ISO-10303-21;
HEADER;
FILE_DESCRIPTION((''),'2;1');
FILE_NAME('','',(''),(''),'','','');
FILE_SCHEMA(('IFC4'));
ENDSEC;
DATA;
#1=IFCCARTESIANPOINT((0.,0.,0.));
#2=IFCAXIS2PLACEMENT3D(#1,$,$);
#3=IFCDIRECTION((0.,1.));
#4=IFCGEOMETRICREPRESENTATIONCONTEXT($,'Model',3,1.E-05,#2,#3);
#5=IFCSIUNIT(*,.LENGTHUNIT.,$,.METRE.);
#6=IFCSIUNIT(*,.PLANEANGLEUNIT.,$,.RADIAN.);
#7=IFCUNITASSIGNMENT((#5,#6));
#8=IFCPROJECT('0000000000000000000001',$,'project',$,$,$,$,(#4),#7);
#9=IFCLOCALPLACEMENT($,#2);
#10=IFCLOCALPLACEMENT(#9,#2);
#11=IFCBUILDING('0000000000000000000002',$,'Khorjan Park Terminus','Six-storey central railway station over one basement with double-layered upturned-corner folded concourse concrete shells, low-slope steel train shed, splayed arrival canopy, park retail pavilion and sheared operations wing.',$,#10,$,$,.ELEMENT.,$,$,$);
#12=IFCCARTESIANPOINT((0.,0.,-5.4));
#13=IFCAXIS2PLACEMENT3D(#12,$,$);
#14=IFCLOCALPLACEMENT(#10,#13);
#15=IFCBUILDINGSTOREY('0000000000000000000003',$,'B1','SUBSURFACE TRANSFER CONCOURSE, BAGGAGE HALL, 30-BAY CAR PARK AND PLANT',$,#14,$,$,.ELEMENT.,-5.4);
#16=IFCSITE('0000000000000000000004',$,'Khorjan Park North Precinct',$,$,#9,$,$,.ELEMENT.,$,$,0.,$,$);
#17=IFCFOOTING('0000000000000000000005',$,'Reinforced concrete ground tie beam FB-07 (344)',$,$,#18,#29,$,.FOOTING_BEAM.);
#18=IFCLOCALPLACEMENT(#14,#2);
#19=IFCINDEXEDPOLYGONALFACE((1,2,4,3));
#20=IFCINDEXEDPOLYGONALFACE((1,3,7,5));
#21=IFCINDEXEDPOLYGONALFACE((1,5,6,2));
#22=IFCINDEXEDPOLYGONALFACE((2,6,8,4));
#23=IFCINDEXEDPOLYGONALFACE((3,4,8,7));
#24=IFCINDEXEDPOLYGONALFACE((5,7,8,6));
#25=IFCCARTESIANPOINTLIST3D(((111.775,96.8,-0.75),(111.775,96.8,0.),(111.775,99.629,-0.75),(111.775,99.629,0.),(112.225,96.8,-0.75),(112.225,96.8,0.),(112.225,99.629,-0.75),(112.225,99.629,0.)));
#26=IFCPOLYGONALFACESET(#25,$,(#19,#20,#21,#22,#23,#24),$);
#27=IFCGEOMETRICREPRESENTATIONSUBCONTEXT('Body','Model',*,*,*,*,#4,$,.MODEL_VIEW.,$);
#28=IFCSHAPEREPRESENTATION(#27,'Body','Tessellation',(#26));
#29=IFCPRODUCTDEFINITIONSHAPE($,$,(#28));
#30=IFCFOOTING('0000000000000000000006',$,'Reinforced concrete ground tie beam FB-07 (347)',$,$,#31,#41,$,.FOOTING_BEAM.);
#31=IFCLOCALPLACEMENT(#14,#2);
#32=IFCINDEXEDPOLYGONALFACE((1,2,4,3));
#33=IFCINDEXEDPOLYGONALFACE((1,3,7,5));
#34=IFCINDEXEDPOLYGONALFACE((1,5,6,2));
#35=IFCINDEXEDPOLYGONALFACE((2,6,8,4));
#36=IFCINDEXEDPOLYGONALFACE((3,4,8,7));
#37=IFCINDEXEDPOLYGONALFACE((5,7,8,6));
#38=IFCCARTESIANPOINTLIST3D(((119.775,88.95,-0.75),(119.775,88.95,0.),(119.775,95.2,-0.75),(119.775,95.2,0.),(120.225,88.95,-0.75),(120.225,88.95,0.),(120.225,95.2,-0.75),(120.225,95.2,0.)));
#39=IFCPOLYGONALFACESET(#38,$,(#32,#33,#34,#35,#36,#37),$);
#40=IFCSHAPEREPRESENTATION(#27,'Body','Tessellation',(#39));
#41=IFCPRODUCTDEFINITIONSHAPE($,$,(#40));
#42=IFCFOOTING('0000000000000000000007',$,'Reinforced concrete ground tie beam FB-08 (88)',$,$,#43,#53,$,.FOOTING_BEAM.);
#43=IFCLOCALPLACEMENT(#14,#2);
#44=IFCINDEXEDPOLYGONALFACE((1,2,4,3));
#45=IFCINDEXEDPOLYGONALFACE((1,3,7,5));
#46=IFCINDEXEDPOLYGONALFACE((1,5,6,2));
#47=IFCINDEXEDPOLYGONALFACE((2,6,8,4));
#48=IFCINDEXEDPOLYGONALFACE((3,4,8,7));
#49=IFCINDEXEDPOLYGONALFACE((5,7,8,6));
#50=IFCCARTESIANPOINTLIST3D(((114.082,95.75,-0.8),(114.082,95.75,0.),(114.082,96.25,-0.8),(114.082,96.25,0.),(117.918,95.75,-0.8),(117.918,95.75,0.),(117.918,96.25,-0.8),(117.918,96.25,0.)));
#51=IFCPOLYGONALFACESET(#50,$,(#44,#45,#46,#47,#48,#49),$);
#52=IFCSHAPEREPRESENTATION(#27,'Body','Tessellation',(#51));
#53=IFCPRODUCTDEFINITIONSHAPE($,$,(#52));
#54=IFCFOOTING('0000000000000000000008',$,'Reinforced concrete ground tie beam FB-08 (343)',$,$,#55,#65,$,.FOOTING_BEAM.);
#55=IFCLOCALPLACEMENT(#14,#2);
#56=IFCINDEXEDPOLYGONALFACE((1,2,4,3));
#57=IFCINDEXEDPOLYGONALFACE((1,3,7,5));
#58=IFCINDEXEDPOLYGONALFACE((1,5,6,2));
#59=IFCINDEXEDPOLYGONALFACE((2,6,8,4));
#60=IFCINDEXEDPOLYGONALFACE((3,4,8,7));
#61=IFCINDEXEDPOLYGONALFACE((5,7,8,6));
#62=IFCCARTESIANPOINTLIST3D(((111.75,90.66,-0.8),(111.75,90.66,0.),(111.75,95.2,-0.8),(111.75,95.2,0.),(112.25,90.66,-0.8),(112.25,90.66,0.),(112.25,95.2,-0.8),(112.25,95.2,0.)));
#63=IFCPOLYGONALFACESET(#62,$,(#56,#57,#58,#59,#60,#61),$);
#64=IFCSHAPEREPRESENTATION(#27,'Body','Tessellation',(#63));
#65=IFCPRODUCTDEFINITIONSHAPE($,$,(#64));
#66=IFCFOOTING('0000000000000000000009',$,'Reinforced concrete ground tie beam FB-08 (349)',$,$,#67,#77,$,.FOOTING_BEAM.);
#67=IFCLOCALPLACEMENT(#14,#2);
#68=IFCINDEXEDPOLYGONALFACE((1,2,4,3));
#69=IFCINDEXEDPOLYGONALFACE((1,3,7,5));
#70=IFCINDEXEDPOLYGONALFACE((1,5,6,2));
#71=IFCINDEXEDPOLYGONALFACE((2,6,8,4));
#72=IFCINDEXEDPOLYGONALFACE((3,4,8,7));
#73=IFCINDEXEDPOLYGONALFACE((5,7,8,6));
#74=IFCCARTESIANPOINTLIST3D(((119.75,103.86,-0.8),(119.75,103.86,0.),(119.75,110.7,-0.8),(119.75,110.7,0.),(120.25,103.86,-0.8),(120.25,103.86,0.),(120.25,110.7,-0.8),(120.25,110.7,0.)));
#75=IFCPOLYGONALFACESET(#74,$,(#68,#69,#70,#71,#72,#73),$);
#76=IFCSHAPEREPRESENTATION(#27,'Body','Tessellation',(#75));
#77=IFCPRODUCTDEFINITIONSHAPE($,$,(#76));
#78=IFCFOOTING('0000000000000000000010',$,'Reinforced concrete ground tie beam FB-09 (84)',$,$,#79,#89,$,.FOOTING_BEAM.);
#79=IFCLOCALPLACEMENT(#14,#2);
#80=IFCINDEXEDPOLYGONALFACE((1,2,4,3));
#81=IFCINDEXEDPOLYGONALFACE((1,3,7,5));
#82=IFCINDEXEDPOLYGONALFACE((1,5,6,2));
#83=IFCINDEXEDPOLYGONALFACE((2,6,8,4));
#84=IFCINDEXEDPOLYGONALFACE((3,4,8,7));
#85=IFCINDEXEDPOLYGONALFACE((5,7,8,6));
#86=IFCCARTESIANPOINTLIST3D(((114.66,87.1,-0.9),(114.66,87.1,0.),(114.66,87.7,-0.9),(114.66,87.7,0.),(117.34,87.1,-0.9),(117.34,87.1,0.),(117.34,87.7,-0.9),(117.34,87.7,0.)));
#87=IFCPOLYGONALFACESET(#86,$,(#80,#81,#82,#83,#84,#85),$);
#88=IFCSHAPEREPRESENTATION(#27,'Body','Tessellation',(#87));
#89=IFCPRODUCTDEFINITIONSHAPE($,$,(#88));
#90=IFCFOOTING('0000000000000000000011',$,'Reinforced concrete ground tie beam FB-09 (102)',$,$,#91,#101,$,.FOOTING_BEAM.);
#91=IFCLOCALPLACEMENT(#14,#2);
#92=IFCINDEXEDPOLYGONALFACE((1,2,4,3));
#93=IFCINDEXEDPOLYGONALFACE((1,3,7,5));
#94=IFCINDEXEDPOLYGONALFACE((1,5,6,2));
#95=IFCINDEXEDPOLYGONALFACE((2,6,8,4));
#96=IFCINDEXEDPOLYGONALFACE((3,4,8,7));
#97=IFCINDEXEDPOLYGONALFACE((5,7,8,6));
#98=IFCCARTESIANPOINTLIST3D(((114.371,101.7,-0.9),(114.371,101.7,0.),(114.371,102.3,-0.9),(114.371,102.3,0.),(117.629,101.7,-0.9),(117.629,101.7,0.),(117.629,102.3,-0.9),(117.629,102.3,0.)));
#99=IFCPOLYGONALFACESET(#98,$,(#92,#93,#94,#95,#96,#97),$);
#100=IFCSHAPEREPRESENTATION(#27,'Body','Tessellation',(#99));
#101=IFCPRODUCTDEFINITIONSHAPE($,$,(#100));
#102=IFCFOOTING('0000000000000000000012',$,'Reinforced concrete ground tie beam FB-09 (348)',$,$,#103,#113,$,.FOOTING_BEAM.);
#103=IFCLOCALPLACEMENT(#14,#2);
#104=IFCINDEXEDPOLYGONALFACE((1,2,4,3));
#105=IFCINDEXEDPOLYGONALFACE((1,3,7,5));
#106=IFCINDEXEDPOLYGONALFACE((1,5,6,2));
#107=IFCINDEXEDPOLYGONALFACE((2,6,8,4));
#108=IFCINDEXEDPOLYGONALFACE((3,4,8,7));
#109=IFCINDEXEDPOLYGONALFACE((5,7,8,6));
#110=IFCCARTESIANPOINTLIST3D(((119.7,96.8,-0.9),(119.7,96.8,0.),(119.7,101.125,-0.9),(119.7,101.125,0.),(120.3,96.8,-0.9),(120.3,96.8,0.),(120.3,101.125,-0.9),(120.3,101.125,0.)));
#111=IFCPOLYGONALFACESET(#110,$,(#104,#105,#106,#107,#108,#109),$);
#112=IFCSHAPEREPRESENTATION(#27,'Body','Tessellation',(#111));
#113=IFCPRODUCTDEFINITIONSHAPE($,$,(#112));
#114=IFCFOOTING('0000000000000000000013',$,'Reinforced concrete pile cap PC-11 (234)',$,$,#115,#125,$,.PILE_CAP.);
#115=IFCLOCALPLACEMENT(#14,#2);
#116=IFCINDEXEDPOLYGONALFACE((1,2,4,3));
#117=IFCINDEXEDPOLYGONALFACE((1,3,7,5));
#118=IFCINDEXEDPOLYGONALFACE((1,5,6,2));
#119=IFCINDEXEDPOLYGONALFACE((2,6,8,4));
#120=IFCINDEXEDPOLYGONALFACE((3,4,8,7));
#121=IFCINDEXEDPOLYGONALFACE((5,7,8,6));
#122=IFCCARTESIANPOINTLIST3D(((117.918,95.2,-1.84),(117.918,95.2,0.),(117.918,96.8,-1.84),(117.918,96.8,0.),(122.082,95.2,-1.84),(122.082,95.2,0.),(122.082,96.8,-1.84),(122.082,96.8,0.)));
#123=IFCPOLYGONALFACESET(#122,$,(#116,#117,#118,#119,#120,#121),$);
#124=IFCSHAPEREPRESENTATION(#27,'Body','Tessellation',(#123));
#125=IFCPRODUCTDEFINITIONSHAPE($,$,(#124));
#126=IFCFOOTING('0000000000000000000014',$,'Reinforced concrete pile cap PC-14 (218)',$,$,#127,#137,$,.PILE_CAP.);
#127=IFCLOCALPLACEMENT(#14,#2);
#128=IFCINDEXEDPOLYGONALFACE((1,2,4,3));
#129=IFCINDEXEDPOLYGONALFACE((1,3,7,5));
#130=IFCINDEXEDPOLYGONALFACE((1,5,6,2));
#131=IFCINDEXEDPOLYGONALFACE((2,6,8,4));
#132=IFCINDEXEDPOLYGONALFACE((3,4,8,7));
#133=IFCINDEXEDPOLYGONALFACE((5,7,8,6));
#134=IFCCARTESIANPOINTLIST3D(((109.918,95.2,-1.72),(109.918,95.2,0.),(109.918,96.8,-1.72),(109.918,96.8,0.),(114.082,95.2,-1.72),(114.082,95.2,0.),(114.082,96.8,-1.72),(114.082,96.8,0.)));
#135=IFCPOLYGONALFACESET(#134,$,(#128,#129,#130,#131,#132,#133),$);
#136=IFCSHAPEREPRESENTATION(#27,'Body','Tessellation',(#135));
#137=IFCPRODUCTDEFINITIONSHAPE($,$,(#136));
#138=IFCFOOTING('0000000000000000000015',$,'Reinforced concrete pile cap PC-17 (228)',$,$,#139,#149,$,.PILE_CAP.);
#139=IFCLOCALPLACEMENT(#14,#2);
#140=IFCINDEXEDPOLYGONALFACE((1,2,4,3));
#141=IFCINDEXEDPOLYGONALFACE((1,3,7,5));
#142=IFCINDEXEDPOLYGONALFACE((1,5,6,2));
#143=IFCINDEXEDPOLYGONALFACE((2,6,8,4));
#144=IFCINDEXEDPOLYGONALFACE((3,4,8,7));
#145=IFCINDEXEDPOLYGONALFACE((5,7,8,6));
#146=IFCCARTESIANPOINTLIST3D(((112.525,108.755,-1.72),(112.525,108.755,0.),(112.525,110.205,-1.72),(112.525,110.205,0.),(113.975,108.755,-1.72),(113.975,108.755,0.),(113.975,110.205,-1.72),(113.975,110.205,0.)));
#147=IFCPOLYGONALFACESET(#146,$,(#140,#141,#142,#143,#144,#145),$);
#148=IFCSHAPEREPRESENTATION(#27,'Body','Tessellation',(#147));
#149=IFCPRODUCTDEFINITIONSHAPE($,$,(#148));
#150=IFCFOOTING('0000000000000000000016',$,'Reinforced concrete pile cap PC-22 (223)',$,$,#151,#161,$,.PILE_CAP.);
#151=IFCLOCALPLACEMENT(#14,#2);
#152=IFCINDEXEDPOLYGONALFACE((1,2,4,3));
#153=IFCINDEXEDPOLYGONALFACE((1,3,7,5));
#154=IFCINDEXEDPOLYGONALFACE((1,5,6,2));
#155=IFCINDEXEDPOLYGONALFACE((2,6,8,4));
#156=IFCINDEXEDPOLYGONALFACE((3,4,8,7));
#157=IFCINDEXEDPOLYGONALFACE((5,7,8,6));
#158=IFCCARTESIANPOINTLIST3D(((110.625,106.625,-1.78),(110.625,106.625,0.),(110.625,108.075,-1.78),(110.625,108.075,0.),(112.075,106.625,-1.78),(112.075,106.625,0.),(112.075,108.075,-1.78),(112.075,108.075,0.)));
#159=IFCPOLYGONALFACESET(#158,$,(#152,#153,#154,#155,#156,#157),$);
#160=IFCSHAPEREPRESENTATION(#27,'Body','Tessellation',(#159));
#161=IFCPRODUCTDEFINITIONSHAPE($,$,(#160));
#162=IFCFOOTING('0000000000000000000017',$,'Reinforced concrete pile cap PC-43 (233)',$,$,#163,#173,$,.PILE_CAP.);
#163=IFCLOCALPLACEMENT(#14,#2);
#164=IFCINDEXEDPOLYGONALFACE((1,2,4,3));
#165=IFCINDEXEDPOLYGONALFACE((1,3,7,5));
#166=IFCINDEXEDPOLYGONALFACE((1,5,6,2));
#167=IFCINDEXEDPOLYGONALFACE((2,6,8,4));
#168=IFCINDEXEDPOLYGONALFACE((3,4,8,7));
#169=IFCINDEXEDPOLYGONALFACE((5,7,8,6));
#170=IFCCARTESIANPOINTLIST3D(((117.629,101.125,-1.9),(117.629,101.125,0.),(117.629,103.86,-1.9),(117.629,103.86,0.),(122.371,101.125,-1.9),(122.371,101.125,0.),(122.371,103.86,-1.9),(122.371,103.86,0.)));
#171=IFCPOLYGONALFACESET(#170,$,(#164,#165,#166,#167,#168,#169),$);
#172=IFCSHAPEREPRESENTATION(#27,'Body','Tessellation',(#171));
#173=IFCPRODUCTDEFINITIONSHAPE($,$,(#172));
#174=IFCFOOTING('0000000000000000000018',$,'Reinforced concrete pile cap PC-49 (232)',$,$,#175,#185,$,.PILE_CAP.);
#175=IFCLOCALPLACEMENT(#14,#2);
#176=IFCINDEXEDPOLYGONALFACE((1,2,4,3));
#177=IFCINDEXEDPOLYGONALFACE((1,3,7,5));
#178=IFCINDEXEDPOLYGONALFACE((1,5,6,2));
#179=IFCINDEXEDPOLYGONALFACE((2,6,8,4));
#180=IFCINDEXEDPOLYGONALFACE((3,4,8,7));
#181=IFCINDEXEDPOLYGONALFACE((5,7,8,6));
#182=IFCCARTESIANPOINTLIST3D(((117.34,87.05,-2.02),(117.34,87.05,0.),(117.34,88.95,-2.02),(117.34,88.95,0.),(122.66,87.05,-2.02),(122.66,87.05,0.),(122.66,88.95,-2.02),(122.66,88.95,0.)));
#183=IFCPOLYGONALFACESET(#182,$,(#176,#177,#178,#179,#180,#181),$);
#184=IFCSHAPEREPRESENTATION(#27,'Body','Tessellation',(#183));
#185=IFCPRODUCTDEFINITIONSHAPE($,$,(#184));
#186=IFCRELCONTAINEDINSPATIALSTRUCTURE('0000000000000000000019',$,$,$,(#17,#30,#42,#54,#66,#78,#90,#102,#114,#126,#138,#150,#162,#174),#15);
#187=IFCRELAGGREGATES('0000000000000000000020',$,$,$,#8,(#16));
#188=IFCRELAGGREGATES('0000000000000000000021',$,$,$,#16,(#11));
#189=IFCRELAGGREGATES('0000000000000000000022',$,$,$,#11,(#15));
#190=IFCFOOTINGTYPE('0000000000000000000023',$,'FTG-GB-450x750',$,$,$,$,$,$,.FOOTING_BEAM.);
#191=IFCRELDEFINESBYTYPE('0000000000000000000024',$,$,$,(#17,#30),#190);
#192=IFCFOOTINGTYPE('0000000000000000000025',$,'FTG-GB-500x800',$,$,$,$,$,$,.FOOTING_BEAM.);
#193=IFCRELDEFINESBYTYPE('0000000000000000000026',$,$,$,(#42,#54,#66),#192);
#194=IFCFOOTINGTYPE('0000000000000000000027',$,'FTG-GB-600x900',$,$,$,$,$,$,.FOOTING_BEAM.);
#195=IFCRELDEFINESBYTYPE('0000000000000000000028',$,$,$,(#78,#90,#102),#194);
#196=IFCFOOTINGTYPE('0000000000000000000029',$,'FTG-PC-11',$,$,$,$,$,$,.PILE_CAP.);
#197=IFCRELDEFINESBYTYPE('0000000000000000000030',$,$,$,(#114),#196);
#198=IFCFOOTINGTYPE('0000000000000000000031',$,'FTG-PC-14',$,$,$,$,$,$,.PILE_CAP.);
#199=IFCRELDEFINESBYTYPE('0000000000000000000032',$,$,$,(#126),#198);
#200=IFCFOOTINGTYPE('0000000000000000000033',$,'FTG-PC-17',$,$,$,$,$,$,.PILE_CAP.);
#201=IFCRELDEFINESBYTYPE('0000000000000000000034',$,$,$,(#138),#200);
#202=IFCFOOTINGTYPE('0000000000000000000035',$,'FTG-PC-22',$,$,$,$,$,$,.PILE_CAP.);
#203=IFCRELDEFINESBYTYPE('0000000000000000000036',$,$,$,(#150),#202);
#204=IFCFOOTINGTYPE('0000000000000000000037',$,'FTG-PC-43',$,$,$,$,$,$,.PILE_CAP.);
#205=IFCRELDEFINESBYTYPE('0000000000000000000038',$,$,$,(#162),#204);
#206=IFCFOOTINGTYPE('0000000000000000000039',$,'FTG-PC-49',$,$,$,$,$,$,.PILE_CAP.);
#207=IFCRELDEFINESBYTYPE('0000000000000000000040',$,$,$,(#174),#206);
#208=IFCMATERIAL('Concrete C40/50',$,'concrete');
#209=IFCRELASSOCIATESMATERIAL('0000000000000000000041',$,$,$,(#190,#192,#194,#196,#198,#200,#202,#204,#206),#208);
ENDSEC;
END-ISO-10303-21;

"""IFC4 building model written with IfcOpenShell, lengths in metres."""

from ifc_helpers import new_model, si_unit, direction, frame, origin, origin_2d, place, context, subcontext, project, spatial, rectangle, extrude, material, material_profile, profile_set, type_object, element, save


model = new_model("IFC4")

# Units and contexts
model_context = context("Model", 3, precision=1e-05, world=origin(), true_north=direction((0.0, 1.0)))
body_context = subcontext(model_context, "Body", "Model", "MODEL_VIEW")
ifc_project = project(units=[si_unit("LENGTHUNIT", "METRE"), si_unit("PLANEANGLEUNIT", "RADIAN")], contexts=[model_context])

# Site, building, storey
site_placement = place(None, origin())
site = spatial("IfcSite", under=ifc_project, at=site_placement, Name="Khorjan Park North Precinct", CompositionType="ELEMENT", RefElevation=0.0)
building_placement = place(site_placement, origin())
building = spatial("IfcBuilding", under=site, at=building_placement, Name="Khorjan Park Terminus", Description="Six-storey central railway station over one basement with double-layered upturned-corner folded concourse concrete shells, low-slope steel train shed, splayed arrival canopy, park retail pavilion and sheared operations wing.", CompositionType="ELEMENT")
storey_placement = place(building_placement, frame((0.0, 0.0, -5.4)))
storey = spatial("IfcBuildingStorey", under=building, at=storey_placement, Name="B1", Description="SUBSURFACE TRANSFER CONCOURSE, BAGGAGE HALL, 30-BAY CAR PARK AND PLANT", CompositionType="ELEMENT", Elevation=-5.4)

# Footings
ifc_material_1 = material(Name="Concrete C40/50", Category="concrete")
ifc_material_profile_1 = material_profile(ifc_material_1, rectangle(XDim=0.45, YDim=0.75, at=origin_2d()), Name="RC 450x750")
ifc_profile_set_1 = profile_set([ifc_material_profile_1], Name="Concrete C40/50")
footing_type_1 = type_object("IfcFootingType", Name="FTG-GB-450x750", PredefinedType="FOOTING_BEAM", material=ifc_profile_set_1)
footing_1_placement = place(storey_placement, frame((112.0, 96.8, -0.375), z_axis=(0.0, 1.0, 0.0), x_axis=(-1.0, 0.0, 0.0)))
element("IfcFooting", 1, at=footing_1_placement, inside=storey, type_object=footing_type_1, Name="Reinforced concrete ground tie beam FB-07 (344)", PredefinedType="FOOTING_BEAM", context=body_context, shape_type="SweptSolid", body=[
    extrude(rectangle(XDim=0.45, YDim=0.75, at=origin_2d()), origin(), (0.0, 0.0, 1.0), 2.829),
])
footing_2_placement = place(storey_placement, frame((120.0, 88.95, -0.375), z_axis=(0.0, 1.0, 0.0), x_axis=(-1.0, 0.0, 0.0)))
element("IfcFooting", 2, at=footing_2_placement, inside=storey, type_object=footing_type_1, Name="Reinforced concrete ground tie beam FB-07 (347)", PredefinedType="FOOTING_BEAM", context=body_context, shape_type="SweptSolid", body=[
    extrude(rectangle(XDim=0.45, YDim=0.75, at=origin_2d()), origin(), (0.0, 0.0, 1.0), 6.25),
])
ifc_material_profile_2 = material_profile(ifc_material_1, rectangle(XDim=0.5, YDim=0.8, at=origin_2d()), Name="RC 500x800")
ifc_profile_set_2 = profile_set([ifc_material_profile_2], Name="Concrete C40/50")
footing_type_2 = type_object("IfcFootingType", Name="FTG-GB-500x800", PredefinedType="FOOTING_BEAM", material=ifc_profile_set_2)
footing_3_placement = place(storey_placement, frame((114.082, 96.0, -0.4), z_axis=(1.0, 0.0, 0.0), x_axis=(0.0, 1.0, 0.0)))
element("IfcFooting", 3, at=footing_3_placement, inside=storey, type_object=footing_type_2, Name="Reinforced concrete ground tie beam FB-08 (88)", PredefinedType="FOOTING_BEAM", context=body_context, shape_type="SweptSolid", body=[
    extrude(rectangle(XDim=0.5, YDim=0.8, at=origin_2d()), origin(), (0.0, 0.0, 1.0), 3.836),
])
footing_4_placement = place(storey_placement, frame((112.0, 90.66, -0.4), z_axis=(0.0, 1.0, 0.0), x_axis=(-1.0, 0.0, 0.0)))
element("IfcFooting", 4, at=footing_4_placement, inside=storey, type_object=footing_type_2, Name="Reinforced concrete ground tie beam FB-08 (343)", PredefinedType="FOOTING_BEAM", context=body_context, shape_type="SweptSolid", body=[
    extrude(rectangle(XDim=0.5, YDim=0.8, at=origin_2d()), origin(), (0.0, 0.0, 1.0), 4.54),
])
footing_5_placement = place(storey_placement, frame((120.0, 103.86, -0.4), z_axis=(0.0, 1.0, 0.0), x_axis=(-1.0, 0.0, 0.0)))
element("IfcFooting", 5, at=footing_5_placement, inside=storey, type_object=footing_type_2, Name="Reinforced concrete ground tie beam FB-08 (349)", PredefinedType="FOOTING_BEAM", context=body_context, shape_type="SweptSolid", body=[
    extrude(rectangle(XDim=0.5, YDim=0.8, at=origin_2d()), origin(), (0.0, 0.0, 1.0), 6.84),
])
ifc_material_profile_3 = material_profile(ifc_material_1, rectangle(XDim=0.6, YDim=0.9, at=origin_2d()), Name="RC 600x900")
ifc_profile_set_3 = profile_set([ifc_material_profile_3], Name="Concrete C40/50")
footing_type_3 = type_object("IfcFootingType", Name="FTG-GB-600x900", PredefinedType="FOOTING_BEAM", material=ifc_profile_set_3)
footing_6_placement = place(storey_placement, frame((114.66, 87.4, -0.45), z_axis=(1.0, 0.0, 0.0), x_axis=(0.0, 1.0, 0.0)))
element("IfcFooting", 6, at=footing_6_placement, inside=storey, type_object=footing_type_3, Name="Reinforced concrete ground tie beam FB-09 (84)", PredefinedType="FOOTING_BEAM", context=body_context, shape_type="SweptSolid", body=[
    extrude(rectangle(XDim=0.6, YDim=0.9, at=origin_2d()), origin(), (0.0, 0.0, 1.0), 2.68),
])
footing_7_placement = place(storey_placement, frame((114.371, 102.0, -0.45), z_axis=(1.0, 0.0, 0.0), x_axis=(0.0, 1.0, 0.0)))
element("IfcFooting", 7, at=footing_7_placement, inside=storey, type_object=footing_type_3, Name="Reinforced concrete ground tie beam FB-09 (102)", PredefinedType="FOOTING_BEAM", context=body_context, shape_type="SweptSolid", body=[
    extrude(rectangle(XDim=0.6, YDim=0.9, at=origin_2d()), origin(), (0.0, 0.0, 1.0), 3.258),
])
footing_8_placement = place(storey_placement, frame((120.0, 96.8, -0.45), z_axis=(0.0, 1.0, 0.0), x_axis=(-1.0, 0.0, 0.0)))
element("IfcFooting", 8, at=footing_8_placement, inside=storey, type_object=footing_type_3, Name="Reinforced concrete ground tie beam FB-09 (348)", PredefinedType="FOOTING_BEAM", context=body_context, shape_type="SweptSolid", body=[
    extrude(rectangle(XDim=0.6, YDim=0.9, at=origin_2d()), origin(), (0.0, 0.0, 1.0), 4.325),
])
footing_type_4 = type_object("IfcFootingType", Name="FTG-PC-11", PredefinedType="PILE_CAP", material=ifc_material_1)
footing_9_placement = place(storey_placement, frame((120.0, 96.0, -1.84), z_axis=(0.0, 0.0, 1.0), x_axis=(1.0, 0.0, 0.0)))
element("IfcFooting", 9, at=footing_9_placement, inside=storey, type_object=footing_type_4, Name="Reinforced concrete pile cap PC-11 (234)", PredefinedType="PILE_CAP", context=body_context, shape_type="SweptSolid", body=[
    extrude(rectangle(XDim=4.164, YDim=1.6, at=origin_2d()), origin(), (0.0, 0.0, 1.0), 1.84),
])
footing_type_5 = type_object("IfcFootingType", Name="FTG-PC-14", PredefinedType="PILE_CAP", material=ifc_material_1)
footing_10_placement = place(storey_placement, frame((112.0, 96.0, -1.72), z_axis=(0.0, 0.0, 1.0), x_axis=(1.0, 0.0, 0.0)))
element("IfcFooting", 10, at=footing_10_placement, inside=storey, type_object=footing_type_5, Name="Reinforced concrete pile cap PC-14 (218)", PredefinedType="PILE_CAP", context=body_context, shape_type="SweptSolid", body=[
    extrude(rectangle(XDim=4.164, YDim=1.6, at=origin_2d()), origin(), (0.0, 0.0, 1.0), 1.72),
])
footing_type_6 = type_object("IfcFootingType", Name="FTG-PC-17", PredefinedType="PILE_CAP", material=ifc_material_1)
footing_11_placement = place(storey_placement, frame((113.25, 109.48, -1.72), z_axis=(0.0, 0.0, 1.0), x_axis=(1.0, 0.0, 0.0)))
element("IfcFooting", 11, at=footing_11_placement, inside=storey, type_object=footing_type_6, Name="Reinforced concrete pile cap PC-17 (228)", PredefinedType="PILE_CAP", context=body_context, shape_type="SweptSolid", body=[
    extrude(rectangle(XDim=1.45, YDim=1.45, at=origin_2d()), origin(), (0.0, 0.0, 1.0), 1.72),
])
footing_type_7 = type_object("IfcFootingType", Name="FTG-PC-22", PredefinedType="PILE_CAP", material=ifc_material_1)
footing_12_placement = place(storey_placement, frame((111.35, 107.35, -1.78), z_axis=(0.0, 0.0, 1.0), x_axis=(1.0, 0.0, 0.0)))
element("IfcFooting", 12, at=footing_12_placement, inside=storey, type_object=footing_type_7, Name="Reinforced concrete pile cap PC-22 (223)", PredefinedType="PILE_CAP", context=body_context, shape_type="SweptSolid", body=[
    extrude(rectangle(XDim=1.45, YDim=1.45, at=origin_2d()), origin(), (0.0, 0.0, 1.0), 1.78),
])
footing_type_8 = type_object("IfcFootingType", Name="FTG-PC-43", PredefinedType="PILE_CAP", material=ifc_material_1)
footing_13_placement = place(storey_placement, frame((120.0, 102.4925, -1.9), z_axis=(0.0, 0.0, 1.0), x_axis=(1.0, 0.0, 0.0)))
element("IfcFooting", 13, at=footing_13_placement, inside=storey, type_object=footing_type_8, Name="Reinforced concrete pile cap PC-43 (233)", PredefinedType="PILE_CAP", context=body_context, shape_type="SweptSolid", body=[
    extrude(rectangle(XDim=4.742, YDim=2.735, at=origin_2d()), origin(), (0.0, 0.0, 1.0), 1.9),
])
footing_type_9 = type_object("IfcFootingType", Name="FTG-PC-49", PredefinedType="PILE_CAP", material=ifc_material_1)
footing_14_placement = place(storey_placement, frame((120.0, 88.0, -2.02), z_axis=(0.0, 0.0, 1.0), x_axis=(1.0, 0.0, 0.0)))
element("IfcFooting", 14, at=footing_14_placement, inside=storey, type_object=footing_type_9, Name="Reinforced concrete pile cap PC-49 (232)", PredefinedType="PILE_CAP", context=body_context, shape_type="SweptSolid", body=[
    extrude(rectangle(XDim=5.32, YDim=1.9, at=origin_2d()), origin(), (0.0, 0.0, 1.0), 2.02),
])

save(model, "model.ifc")
